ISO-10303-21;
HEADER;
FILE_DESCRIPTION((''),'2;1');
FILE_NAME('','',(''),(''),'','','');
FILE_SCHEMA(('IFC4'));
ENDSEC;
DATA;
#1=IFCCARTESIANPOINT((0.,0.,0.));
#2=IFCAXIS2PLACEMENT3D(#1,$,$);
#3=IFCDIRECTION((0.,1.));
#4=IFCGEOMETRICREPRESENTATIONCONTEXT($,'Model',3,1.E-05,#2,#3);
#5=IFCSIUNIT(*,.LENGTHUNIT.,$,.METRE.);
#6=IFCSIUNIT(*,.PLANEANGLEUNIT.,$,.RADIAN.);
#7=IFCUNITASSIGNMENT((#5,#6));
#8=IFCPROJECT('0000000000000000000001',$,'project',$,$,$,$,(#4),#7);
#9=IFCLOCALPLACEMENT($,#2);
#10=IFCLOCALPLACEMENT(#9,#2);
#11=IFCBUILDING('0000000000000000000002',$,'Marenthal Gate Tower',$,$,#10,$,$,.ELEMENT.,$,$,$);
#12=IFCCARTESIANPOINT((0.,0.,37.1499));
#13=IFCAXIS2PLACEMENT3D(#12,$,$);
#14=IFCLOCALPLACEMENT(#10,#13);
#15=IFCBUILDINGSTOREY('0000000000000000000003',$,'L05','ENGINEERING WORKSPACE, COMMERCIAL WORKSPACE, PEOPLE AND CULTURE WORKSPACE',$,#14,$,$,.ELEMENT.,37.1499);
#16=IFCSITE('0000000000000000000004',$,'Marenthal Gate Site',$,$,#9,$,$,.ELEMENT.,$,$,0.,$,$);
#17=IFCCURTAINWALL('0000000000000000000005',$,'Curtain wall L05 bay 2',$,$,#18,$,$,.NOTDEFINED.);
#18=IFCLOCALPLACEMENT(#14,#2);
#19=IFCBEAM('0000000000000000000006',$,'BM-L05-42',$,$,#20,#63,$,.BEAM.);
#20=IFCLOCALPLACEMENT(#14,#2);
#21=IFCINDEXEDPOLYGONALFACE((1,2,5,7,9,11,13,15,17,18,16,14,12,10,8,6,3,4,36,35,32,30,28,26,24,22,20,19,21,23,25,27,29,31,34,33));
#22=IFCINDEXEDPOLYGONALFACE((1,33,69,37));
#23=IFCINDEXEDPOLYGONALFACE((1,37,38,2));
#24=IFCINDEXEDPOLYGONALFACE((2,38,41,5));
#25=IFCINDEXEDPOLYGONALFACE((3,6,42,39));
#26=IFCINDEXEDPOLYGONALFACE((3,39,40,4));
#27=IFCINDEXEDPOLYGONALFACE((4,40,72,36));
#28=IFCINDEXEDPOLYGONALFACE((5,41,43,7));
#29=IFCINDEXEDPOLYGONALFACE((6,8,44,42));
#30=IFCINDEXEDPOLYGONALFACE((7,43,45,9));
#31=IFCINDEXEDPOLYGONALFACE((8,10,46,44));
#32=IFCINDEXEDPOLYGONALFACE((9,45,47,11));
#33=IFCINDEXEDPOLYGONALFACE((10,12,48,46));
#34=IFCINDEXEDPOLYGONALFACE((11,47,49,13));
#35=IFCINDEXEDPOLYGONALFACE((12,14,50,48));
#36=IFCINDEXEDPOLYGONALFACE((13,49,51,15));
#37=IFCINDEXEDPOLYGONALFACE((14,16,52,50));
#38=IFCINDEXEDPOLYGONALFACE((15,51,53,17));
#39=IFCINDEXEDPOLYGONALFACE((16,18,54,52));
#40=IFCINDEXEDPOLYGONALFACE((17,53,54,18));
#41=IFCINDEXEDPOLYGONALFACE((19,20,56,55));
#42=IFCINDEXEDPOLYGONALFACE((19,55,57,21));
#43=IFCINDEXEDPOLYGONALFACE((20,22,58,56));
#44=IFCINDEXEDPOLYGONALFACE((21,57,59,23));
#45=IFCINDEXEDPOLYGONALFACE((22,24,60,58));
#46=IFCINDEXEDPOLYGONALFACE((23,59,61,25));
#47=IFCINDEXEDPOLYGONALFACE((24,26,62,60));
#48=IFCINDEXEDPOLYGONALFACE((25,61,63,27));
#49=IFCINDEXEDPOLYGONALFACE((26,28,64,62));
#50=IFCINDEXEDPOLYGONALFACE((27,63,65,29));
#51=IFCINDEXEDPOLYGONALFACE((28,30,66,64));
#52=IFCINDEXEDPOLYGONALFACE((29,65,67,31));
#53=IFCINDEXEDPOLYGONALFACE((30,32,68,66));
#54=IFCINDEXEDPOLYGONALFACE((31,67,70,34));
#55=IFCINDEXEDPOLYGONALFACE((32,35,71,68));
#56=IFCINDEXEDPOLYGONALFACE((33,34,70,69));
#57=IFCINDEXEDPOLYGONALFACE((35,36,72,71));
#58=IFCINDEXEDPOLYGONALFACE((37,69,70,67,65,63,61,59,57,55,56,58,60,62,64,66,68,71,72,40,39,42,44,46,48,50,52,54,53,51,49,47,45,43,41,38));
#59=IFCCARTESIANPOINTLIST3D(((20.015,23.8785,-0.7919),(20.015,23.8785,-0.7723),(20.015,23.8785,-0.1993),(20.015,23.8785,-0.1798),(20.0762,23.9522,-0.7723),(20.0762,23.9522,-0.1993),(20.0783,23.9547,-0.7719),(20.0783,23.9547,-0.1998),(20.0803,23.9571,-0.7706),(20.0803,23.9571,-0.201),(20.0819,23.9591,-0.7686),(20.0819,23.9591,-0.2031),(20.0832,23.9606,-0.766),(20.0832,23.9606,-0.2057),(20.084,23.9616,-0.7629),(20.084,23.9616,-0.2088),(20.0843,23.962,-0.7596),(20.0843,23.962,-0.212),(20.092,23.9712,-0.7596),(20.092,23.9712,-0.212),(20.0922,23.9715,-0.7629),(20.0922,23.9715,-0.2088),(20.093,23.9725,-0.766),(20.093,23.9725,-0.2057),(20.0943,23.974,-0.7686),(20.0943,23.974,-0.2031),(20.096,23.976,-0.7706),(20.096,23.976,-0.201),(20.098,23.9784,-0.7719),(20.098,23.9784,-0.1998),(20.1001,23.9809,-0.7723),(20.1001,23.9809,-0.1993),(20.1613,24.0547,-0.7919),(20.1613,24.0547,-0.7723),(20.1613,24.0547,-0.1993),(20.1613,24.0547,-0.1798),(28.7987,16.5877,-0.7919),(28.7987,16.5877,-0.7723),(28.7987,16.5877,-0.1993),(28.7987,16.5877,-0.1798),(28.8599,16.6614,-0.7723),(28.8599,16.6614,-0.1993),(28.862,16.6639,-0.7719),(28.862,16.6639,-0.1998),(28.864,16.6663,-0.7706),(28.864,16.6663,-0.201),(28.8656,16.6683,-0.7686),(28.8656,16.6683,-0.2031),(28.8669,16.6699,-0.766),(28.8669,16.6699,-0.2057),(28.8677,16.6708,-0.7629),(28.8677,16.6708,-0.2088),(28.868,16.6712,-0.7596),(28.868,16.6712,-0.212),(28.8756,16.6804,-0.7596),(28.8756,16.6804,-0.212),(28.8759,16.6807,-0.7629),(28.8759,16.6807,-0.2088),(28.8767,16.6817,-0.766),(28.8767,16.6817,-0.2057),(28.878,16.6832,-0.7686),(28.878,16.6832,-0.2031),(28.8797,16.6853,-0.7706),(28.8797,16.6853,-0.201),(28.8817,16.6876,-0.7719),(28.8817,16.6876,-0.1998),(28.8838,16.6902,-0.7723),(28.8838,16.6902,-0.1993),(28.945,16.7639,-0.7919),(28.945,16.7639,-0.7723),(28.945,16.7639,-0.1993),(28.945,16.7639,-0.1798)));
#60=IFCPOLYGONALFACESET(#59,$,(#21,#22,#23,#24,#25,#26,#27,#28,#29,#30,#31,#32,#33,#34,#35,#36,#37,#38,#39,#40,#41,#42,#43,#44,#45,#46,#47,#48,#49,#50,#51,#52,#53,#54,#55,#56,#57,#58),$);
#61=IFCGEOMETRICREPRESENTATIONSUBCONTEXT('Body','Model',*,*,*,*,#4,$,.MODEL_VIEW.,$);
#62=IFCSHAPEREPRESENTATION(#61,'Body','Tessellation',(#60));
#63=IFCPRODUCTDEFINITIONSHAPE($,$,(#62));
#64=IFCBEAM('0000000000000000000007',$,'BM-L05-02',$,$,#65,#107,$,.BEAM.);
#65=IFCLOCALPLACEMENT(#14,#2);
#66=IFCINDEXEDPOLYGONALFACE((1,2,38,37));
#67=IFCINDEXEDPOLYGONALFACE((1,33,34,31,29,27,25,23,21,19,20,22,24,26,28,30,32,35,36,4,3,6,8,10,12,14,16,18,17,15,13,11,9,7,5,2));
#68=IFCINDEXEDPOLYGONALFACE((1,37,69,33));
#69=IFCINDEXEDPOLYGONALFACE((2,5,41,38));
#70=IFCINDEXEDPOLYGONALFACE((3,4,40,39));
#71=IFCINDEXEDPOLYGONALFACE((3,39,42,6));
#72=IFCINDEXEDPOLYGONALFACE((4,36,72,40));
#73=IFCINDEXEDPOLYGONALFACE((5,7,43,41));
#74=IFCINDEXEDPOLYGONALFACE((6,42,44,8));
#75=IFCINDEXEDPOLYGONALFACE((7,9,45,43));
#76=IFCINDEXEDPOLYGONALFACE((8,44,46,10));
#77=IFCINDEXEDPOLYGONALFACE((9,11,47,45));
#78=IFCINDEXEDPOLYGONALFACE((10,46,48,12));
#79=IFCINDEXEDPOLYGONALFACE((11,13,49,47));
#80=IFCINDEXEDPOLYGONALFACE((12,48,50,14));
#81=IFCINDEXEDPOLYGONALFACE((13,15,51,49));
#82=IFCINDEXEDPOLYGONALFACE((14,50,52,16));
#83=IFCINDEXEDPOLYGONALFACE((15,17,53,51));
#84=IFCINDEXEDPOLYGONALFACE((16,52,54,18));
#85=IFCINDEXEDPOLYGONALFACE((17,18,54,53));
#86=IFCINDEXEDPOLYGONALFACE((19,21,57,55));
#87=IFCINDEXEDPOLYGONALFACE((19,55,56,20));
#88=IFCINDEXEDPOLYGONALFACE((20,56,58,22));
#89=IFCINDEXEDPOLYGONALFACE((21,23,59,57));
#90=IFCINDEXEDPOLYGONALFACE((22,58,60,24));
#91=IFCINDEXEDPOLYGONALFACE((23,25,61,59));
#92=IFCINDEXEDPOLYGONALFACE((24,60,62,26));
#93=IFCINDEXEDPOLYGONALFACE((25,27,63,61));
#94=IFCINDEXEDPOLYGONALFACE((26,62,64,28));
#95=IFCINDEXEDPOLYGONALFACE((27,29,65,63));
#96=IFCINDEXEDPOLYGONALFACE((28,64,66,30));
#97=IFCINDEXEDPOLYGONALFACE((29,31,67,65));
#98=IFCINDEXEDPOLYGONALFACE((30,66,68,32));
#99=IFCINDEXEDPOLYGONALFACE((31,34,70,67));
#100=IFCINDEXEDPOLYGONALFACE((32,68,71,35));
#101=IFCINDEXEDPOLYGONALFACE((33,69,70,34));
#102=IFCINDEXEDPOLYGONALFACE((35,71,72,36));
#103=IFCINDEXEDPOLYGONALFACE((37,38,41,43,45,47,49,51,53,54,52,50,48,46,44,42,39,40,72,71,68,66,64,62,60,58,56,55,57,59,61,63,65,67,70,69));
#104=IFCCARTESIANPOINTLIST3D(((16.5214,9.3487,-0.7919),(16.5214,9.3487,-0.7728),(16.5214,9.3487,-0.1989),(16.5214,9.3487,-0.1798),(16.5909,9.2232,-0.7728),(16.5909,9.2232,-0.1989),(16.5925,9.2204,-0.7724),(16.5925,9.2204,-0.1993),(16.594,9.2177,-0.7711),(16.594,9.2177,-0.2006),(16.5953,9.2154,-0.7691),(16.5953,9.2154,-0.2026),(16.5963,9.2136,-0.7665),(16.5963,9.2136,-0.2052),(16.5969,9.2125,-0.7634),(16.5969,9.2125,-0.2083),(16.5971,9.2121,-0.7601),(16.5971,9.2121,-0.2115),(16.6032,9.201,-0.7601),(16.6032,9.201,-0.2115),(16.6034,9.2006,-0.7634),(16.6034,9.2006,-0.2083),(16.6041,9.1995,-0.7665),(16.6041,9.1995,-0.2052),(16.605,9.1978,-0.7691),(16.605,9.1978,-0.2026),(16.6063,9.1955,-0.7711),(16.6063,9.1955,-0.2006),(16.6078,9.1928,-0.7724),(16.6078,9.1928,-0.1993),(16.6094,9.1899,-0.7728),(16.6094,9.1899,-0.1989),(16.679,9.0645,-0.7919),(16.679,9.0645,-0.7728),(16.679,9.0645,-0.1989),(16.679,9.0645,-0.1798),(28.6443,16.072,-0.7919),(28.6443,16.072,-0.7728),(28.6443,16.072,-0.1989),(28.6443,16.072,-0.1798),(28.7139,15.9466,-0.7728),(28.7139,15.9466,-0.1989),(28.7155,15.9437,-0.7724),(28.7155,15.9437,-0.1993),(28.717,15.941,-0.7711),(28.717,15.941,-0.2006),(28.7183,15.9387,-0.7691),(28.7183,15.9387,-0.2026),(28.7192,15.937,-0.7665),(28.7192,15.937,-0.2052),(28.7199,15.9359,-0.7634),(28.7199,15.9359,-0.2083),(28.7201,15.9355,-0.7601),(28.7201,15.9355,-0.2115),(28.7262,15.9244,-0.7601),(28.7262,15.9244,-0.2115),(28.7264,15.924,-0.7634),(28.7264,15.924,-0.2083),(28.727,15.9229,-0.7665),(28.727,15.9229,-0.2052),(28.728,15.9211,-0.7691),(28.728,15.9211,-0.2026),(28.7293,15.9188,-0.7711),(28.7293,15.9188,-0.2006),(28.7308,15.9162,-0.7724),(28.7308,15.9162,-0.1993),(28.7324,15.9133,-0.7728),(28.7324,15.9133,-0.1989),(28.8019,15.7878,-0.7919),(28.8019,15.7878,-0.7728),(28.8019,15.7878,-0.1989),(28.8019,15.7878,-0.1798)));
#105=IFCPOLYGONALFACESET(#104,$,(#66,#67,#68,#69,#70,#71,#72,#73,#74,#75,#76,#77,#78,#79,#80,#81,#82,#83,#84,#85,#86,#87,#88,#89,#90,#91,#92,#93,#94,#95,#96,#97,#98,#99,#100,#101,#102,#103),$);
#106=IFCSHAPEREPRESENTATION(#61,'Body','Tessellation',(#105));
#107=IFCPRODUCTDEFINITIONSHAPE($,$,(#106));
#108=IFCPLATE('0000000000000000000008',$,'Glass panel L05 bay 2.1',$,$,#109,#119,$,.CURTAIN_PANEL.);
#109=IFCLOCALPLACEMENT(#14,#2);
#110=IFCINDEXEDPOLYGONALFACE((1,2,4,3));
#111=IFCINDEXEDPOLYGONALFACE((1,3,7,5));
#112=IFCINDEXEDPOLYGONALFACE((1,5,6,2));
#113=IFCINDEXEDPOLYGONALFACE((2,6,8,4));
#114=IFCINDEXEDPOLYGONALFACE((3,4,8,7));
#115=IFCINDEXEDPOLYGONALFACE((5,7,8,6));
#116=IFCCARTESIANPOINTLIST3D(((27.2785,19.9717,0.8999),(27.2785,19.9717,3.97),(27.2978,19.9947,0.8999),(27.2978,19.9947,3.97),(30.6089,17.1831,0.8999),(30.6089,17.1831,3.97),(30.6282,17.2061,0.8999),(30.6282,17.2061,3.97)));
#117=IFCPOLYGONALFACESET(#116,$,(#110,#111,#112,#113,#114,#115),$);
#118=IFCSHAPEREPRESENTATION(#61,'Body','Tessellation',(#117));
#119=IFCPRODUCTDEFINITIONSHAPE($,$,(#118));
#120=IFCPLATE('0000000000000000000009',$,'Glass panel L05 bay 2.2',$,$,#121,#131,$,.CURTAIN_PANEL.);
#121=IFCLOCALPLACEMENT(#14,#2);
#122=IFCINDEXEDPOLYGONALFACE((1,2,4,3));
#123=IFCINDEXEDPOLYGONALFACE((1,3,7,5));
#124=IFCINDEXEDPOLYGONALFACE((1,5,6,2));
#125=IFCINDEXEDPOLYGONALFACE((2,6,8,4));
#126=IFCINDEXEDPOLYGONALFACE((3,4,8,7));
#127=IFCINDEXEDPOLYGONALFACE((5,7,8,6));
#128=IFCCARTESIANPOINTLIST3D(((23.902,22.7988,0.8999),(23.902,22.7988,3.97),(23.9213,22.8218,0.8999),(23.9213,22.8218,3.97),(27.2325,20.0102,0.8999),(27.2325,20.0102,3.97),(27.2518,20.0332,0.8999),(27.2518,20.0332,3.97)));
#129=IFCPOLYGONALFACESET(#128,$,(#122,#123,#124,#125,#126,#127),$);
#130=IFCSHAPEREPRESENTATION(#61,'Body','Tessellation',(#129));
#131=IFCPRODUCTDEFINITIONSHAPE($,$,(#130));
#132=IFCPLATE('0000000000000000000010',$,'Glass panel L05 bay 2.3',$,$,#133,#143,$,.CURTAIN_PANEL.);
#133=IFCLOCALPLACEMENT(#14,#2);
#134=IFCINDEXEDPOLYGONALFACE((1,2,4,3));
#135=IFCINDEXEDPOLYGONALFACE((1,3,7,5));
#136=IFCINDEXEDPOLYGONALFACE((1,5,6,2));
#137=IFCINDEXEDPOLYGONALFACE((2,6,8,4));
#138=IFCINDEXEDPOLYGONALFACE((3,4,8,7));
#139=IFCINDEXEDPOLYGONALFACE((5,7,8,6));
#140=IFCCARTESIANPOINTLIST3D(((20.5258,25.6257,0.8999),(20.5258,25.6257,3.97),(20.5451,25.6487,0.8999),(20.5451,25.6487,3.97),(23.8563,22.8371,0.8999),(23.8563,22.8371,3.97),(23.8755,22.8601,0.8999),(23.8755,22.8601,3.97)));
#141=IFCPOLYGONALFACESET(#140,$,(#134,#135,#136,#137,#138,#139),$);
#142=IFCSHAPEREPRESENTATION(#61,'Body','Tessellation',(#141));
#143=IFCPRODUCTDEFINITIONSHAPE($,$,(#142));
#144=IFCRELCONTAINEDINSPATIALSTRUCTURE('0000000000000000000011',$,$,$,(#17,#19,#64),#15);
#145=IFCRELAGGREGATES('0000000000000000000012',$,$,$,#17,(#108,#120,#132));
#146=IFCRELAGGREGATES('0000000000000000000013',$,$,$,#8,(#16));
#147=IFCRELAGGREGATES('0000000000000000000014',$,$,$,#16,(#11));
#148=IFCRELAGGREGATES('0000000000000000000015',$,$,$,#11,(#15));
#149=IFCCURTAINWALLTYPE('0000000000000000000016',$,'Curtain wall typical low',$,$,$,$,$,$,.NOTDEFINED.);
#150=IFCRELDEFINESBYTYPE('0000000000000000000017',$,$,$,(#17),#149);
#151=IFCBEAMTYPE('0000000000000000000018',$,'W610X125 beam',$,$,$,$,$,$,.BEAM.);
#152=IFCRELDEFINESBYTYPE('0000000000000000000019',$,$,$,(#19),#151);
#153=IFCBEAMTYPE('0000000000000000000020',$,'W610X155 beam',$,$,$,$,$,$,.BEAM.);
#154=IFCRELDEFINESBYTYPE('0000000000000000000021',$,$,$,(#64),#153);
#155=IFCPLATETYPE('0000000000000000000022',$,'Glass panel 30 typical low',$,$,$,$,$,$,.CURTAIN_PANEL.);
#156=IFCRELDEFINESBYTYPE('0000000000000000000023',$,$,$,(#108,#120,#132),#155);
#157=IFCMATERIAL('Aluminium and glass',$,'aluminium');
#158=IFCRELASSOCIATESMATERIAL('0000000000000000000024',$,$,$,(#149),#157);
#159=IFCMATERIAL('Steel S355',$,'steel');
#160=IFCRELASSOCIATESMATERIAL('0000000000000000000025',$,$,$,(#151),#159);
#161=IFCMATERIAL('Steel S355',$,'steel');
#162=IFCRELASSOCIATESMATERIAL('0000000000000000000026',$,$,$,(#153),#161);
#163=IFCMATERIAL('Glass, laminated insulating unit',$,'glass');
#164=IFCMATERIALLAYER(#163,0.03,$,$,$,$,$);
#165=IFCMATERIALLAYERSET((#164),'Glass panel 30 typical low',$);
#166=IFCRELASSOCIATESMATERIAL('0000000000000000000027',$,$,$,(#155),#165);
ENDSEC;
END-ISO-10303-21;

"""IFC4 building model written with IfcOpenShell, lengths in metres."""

from ifc_helpers import new_model, si_unit, direction, frame, origin, origin_2d, place, context, subcontext, project, spatial, rectangle, i_section, extrude, material, layer, layer_set, material_profile, profile_set, type_object, element, aggregate, save


model = new_model("IFC4")

# Units and contexts
model_context = context("Model", 3, precision=1e-05, world=origin(), true_north=direction((0.0, 1.0)))
body_context = subcontext(model_context, "Body", "Model", "MODEL_VIEW")
ifc_project = project(units=[si_unit("LENGTHUNIT", "METRE"), si_unit("PLANEANGLEUNIT", "RADIAN")], contexts=[model_context])

# Site, building, storey
site_placement = place(None, origin())
site = spatial("IfcSite", under=ifc_project, at=site_placement, Name="Marenthal Gate Site", CompositionType="ELEMENT", RefElevation=0.0)
building_placement = place(site_placement, origin())
building = spatial("IfcBuilding", under=site, at=building_placement, Name="Marenthal Gate Tower", CompositionType="ELEMENT")
storey_placement = place(building_placement, frame((0.0, 0.0, 37.1499)))
storey = spatial("IfcBuildingStorey", under=building, at=storey_placement, Name="L05", Description="ENGINEERING WORKSPACE, COMMERCIAL WORKSPACE, PEOPLE AND CULTURE WORKSPACE", CompositionType="ELEMENT", Elevation=37.1499)

# Curtain wall
ifc_material_1 = material(Name="Aluminium and glass", Category="aluminium")
curtain_wall_type = type_object("IfcCurtainWallType", Name="Curtain wall typical low", PredefinedType="NOTDEFINED", material=ifc_material_1)
curtain_wall_placement = place(storey_placement, origin())
curtain_wall = element("IfcCurtainWall", 1, at=curtain_wall_placement, inside=storey, type_object=curtain_wall_type, Name="Curtain wall L05 bay 2", PredefinedType="NOTDEFINED")

# Beams
ifc_material_2 = material(Name="Steel S355", Category="steel")
ifc_material_profile_1 = material_profile(ifc_material_2, i_section(OverallWidth=0.229, OverallDepth=0.6121, WebThickness=0.012, FlangeThickness=0.0195, FilletRadius=0.0127, at=origin_2d()), Name="W610X125")
ifc_profile_set_1 = profile_set([ifc_material_profile_1], Name="Steel S355")
beam_type_1 = type_object("IfcBeamType", Name="W610X125 beam", PredefinedType="BEAM", material=ifc_profile_set_1)
beam_1_placement = place(storey_placement, frame((28.8718, 16.6758, -0.4858), z_axis=(-0.769468, 0.638685, 0.0), x_axis=(-0.638685, -0.769468, 0.0)))
element("IfcBeam", 2, at=beam_1_placement, inside=storey, type_object=beam_type_1, Name="BM-L05-42", PredefinedType="BEAM", context=body_context, shape_type="SweptSolid", body=[
    extrude(i_section(OverallWidth=0.229, OverallDepth=0.6121, WebThickness=0.012, FlangeThickness=0.0195, FilletRadius=0.0127, at=origin_2d()), origin(), (0.0, 0.0, 1.0), 11.4153),
])
ifc_material_3 = material(Name="Steel S355", Category="steel")
ifc_material_profile_2 = material_profile(ifc_material_3, i_section(OverallWidth=0.325, OverallDepth=0.6121, WebThickness=0.0127, FlangeThickness=0.019, FilletRadius=0.0127, at=origin_2d()), Name="W610X155")
ifc_profile_set_2 = profile_set([ifc_material_profile_2], Name="Steel S355")
beam_type_2 = type_object("IfcBeamType", Name="W610X155 beam", PredefinedType="BEAM", material=ifc_profile_set_2)
beam_2_placement = place(storey_placement, frame((28.7231, 15.9299, -0.4858), z_axis=(-0.874513, -0.485001, 0.0), x_axis=(0.485001, -0.874513, 0.0)))
element("IfcBeam", 3, at=beam_2_placement, inside=storey, type_object=beam_type_2, Name="BM-L05-02", PredefinedType="BEAM", context=body_context, shape_type="SweptSolid", body=[
    extrude(i_section(OverallWidth=0.325, OverallDepth=0.6121, WebThickness=0.0127, FlangeThickness=0.019, FilletRadius=0.0127, at=origin_2d()), origin(), (0.0, 0.0, 1.0), 13.8625),
])

# Plates
ifc_material_4 = material(Name="Glass, laminated insulating unit", Category="glass")
ifc_layer_1 = layer(ifc_material_4, 0.03)
ifc_layer_set_1 = layer_set([ifc_layer_1], Name="Glass panel 30 typical low")
plate_type = type_object("IfcPlateType", Name="Glass panel 30 typical low", PredefinedType="CURTAIN_PANEL", material=ifc_layer_set_1)
plate_1_placement = place(storey_placement, frame((28.9534, 18.5889, 0.8999), z_axis=(0.0, 0.0, 1.0), x_axis=(-0.76672, 0.641982, 0.0)))
plate_1 = element("IfcPlate", 4, at=plate_1_placement, type_object=plate_type, Name="Glass panel L05 bay 2.1", PredefinedType="CURTAIN_PANEL", context=body_context, shape_type="SweptSolid", body=[
    extrude(rectangle(XDim=4.3438, YDim=0.03, at=origin_2d()), origin(), (0.0, 0.0, 1.0), 3.0701),
])
plate_2_placement = place(storey_placement, frame((25.5769, 21.416, 0.8999), z_axis=(0.0, 0.0, 1.0), x_axis=(-0.76672, 0.641982, 0.0)))
plate_2 = element("IfcPlate", 5, at=plate_2_placement, type_object=plate_type, Name="Glass panel L05 bay 2.2", PredefinedType="CURTAIN_PANEL", context=body_context, shape_type="SweptSolid", body=[
    extrude(rectangle(XDim=4.3438, YDim=0.03, at=origin_2d()), origin(), (0.0, 0.0, 1.0), 3.0701),
])
plate_3_placement = place(storey_placement, frame((22.2007, 24.2429, 0.8999), z_axis=(0.0, 0.0, 1.0), x_axis=(-0.76672, 0.641982, 0.0)))
plate_3 = element("IfcPlate", 6, at=plate_3_placement, type_object=plate_type, Name="Glass panel L05 bay 2.3", PredefinedType="CURTAIN_PANEL", context=body_context, shape_type="SweptSolid", body=[
    extrude(rectangle(XDim=4.3438, YDim=0.03, at=origin_2d()), origin(), (0.0, 0.0, 1.0), 3.0701),
])
aggregate(curtain_wall, [plate_1, plate_2, plate_3])

save(model, "model.ifc")
